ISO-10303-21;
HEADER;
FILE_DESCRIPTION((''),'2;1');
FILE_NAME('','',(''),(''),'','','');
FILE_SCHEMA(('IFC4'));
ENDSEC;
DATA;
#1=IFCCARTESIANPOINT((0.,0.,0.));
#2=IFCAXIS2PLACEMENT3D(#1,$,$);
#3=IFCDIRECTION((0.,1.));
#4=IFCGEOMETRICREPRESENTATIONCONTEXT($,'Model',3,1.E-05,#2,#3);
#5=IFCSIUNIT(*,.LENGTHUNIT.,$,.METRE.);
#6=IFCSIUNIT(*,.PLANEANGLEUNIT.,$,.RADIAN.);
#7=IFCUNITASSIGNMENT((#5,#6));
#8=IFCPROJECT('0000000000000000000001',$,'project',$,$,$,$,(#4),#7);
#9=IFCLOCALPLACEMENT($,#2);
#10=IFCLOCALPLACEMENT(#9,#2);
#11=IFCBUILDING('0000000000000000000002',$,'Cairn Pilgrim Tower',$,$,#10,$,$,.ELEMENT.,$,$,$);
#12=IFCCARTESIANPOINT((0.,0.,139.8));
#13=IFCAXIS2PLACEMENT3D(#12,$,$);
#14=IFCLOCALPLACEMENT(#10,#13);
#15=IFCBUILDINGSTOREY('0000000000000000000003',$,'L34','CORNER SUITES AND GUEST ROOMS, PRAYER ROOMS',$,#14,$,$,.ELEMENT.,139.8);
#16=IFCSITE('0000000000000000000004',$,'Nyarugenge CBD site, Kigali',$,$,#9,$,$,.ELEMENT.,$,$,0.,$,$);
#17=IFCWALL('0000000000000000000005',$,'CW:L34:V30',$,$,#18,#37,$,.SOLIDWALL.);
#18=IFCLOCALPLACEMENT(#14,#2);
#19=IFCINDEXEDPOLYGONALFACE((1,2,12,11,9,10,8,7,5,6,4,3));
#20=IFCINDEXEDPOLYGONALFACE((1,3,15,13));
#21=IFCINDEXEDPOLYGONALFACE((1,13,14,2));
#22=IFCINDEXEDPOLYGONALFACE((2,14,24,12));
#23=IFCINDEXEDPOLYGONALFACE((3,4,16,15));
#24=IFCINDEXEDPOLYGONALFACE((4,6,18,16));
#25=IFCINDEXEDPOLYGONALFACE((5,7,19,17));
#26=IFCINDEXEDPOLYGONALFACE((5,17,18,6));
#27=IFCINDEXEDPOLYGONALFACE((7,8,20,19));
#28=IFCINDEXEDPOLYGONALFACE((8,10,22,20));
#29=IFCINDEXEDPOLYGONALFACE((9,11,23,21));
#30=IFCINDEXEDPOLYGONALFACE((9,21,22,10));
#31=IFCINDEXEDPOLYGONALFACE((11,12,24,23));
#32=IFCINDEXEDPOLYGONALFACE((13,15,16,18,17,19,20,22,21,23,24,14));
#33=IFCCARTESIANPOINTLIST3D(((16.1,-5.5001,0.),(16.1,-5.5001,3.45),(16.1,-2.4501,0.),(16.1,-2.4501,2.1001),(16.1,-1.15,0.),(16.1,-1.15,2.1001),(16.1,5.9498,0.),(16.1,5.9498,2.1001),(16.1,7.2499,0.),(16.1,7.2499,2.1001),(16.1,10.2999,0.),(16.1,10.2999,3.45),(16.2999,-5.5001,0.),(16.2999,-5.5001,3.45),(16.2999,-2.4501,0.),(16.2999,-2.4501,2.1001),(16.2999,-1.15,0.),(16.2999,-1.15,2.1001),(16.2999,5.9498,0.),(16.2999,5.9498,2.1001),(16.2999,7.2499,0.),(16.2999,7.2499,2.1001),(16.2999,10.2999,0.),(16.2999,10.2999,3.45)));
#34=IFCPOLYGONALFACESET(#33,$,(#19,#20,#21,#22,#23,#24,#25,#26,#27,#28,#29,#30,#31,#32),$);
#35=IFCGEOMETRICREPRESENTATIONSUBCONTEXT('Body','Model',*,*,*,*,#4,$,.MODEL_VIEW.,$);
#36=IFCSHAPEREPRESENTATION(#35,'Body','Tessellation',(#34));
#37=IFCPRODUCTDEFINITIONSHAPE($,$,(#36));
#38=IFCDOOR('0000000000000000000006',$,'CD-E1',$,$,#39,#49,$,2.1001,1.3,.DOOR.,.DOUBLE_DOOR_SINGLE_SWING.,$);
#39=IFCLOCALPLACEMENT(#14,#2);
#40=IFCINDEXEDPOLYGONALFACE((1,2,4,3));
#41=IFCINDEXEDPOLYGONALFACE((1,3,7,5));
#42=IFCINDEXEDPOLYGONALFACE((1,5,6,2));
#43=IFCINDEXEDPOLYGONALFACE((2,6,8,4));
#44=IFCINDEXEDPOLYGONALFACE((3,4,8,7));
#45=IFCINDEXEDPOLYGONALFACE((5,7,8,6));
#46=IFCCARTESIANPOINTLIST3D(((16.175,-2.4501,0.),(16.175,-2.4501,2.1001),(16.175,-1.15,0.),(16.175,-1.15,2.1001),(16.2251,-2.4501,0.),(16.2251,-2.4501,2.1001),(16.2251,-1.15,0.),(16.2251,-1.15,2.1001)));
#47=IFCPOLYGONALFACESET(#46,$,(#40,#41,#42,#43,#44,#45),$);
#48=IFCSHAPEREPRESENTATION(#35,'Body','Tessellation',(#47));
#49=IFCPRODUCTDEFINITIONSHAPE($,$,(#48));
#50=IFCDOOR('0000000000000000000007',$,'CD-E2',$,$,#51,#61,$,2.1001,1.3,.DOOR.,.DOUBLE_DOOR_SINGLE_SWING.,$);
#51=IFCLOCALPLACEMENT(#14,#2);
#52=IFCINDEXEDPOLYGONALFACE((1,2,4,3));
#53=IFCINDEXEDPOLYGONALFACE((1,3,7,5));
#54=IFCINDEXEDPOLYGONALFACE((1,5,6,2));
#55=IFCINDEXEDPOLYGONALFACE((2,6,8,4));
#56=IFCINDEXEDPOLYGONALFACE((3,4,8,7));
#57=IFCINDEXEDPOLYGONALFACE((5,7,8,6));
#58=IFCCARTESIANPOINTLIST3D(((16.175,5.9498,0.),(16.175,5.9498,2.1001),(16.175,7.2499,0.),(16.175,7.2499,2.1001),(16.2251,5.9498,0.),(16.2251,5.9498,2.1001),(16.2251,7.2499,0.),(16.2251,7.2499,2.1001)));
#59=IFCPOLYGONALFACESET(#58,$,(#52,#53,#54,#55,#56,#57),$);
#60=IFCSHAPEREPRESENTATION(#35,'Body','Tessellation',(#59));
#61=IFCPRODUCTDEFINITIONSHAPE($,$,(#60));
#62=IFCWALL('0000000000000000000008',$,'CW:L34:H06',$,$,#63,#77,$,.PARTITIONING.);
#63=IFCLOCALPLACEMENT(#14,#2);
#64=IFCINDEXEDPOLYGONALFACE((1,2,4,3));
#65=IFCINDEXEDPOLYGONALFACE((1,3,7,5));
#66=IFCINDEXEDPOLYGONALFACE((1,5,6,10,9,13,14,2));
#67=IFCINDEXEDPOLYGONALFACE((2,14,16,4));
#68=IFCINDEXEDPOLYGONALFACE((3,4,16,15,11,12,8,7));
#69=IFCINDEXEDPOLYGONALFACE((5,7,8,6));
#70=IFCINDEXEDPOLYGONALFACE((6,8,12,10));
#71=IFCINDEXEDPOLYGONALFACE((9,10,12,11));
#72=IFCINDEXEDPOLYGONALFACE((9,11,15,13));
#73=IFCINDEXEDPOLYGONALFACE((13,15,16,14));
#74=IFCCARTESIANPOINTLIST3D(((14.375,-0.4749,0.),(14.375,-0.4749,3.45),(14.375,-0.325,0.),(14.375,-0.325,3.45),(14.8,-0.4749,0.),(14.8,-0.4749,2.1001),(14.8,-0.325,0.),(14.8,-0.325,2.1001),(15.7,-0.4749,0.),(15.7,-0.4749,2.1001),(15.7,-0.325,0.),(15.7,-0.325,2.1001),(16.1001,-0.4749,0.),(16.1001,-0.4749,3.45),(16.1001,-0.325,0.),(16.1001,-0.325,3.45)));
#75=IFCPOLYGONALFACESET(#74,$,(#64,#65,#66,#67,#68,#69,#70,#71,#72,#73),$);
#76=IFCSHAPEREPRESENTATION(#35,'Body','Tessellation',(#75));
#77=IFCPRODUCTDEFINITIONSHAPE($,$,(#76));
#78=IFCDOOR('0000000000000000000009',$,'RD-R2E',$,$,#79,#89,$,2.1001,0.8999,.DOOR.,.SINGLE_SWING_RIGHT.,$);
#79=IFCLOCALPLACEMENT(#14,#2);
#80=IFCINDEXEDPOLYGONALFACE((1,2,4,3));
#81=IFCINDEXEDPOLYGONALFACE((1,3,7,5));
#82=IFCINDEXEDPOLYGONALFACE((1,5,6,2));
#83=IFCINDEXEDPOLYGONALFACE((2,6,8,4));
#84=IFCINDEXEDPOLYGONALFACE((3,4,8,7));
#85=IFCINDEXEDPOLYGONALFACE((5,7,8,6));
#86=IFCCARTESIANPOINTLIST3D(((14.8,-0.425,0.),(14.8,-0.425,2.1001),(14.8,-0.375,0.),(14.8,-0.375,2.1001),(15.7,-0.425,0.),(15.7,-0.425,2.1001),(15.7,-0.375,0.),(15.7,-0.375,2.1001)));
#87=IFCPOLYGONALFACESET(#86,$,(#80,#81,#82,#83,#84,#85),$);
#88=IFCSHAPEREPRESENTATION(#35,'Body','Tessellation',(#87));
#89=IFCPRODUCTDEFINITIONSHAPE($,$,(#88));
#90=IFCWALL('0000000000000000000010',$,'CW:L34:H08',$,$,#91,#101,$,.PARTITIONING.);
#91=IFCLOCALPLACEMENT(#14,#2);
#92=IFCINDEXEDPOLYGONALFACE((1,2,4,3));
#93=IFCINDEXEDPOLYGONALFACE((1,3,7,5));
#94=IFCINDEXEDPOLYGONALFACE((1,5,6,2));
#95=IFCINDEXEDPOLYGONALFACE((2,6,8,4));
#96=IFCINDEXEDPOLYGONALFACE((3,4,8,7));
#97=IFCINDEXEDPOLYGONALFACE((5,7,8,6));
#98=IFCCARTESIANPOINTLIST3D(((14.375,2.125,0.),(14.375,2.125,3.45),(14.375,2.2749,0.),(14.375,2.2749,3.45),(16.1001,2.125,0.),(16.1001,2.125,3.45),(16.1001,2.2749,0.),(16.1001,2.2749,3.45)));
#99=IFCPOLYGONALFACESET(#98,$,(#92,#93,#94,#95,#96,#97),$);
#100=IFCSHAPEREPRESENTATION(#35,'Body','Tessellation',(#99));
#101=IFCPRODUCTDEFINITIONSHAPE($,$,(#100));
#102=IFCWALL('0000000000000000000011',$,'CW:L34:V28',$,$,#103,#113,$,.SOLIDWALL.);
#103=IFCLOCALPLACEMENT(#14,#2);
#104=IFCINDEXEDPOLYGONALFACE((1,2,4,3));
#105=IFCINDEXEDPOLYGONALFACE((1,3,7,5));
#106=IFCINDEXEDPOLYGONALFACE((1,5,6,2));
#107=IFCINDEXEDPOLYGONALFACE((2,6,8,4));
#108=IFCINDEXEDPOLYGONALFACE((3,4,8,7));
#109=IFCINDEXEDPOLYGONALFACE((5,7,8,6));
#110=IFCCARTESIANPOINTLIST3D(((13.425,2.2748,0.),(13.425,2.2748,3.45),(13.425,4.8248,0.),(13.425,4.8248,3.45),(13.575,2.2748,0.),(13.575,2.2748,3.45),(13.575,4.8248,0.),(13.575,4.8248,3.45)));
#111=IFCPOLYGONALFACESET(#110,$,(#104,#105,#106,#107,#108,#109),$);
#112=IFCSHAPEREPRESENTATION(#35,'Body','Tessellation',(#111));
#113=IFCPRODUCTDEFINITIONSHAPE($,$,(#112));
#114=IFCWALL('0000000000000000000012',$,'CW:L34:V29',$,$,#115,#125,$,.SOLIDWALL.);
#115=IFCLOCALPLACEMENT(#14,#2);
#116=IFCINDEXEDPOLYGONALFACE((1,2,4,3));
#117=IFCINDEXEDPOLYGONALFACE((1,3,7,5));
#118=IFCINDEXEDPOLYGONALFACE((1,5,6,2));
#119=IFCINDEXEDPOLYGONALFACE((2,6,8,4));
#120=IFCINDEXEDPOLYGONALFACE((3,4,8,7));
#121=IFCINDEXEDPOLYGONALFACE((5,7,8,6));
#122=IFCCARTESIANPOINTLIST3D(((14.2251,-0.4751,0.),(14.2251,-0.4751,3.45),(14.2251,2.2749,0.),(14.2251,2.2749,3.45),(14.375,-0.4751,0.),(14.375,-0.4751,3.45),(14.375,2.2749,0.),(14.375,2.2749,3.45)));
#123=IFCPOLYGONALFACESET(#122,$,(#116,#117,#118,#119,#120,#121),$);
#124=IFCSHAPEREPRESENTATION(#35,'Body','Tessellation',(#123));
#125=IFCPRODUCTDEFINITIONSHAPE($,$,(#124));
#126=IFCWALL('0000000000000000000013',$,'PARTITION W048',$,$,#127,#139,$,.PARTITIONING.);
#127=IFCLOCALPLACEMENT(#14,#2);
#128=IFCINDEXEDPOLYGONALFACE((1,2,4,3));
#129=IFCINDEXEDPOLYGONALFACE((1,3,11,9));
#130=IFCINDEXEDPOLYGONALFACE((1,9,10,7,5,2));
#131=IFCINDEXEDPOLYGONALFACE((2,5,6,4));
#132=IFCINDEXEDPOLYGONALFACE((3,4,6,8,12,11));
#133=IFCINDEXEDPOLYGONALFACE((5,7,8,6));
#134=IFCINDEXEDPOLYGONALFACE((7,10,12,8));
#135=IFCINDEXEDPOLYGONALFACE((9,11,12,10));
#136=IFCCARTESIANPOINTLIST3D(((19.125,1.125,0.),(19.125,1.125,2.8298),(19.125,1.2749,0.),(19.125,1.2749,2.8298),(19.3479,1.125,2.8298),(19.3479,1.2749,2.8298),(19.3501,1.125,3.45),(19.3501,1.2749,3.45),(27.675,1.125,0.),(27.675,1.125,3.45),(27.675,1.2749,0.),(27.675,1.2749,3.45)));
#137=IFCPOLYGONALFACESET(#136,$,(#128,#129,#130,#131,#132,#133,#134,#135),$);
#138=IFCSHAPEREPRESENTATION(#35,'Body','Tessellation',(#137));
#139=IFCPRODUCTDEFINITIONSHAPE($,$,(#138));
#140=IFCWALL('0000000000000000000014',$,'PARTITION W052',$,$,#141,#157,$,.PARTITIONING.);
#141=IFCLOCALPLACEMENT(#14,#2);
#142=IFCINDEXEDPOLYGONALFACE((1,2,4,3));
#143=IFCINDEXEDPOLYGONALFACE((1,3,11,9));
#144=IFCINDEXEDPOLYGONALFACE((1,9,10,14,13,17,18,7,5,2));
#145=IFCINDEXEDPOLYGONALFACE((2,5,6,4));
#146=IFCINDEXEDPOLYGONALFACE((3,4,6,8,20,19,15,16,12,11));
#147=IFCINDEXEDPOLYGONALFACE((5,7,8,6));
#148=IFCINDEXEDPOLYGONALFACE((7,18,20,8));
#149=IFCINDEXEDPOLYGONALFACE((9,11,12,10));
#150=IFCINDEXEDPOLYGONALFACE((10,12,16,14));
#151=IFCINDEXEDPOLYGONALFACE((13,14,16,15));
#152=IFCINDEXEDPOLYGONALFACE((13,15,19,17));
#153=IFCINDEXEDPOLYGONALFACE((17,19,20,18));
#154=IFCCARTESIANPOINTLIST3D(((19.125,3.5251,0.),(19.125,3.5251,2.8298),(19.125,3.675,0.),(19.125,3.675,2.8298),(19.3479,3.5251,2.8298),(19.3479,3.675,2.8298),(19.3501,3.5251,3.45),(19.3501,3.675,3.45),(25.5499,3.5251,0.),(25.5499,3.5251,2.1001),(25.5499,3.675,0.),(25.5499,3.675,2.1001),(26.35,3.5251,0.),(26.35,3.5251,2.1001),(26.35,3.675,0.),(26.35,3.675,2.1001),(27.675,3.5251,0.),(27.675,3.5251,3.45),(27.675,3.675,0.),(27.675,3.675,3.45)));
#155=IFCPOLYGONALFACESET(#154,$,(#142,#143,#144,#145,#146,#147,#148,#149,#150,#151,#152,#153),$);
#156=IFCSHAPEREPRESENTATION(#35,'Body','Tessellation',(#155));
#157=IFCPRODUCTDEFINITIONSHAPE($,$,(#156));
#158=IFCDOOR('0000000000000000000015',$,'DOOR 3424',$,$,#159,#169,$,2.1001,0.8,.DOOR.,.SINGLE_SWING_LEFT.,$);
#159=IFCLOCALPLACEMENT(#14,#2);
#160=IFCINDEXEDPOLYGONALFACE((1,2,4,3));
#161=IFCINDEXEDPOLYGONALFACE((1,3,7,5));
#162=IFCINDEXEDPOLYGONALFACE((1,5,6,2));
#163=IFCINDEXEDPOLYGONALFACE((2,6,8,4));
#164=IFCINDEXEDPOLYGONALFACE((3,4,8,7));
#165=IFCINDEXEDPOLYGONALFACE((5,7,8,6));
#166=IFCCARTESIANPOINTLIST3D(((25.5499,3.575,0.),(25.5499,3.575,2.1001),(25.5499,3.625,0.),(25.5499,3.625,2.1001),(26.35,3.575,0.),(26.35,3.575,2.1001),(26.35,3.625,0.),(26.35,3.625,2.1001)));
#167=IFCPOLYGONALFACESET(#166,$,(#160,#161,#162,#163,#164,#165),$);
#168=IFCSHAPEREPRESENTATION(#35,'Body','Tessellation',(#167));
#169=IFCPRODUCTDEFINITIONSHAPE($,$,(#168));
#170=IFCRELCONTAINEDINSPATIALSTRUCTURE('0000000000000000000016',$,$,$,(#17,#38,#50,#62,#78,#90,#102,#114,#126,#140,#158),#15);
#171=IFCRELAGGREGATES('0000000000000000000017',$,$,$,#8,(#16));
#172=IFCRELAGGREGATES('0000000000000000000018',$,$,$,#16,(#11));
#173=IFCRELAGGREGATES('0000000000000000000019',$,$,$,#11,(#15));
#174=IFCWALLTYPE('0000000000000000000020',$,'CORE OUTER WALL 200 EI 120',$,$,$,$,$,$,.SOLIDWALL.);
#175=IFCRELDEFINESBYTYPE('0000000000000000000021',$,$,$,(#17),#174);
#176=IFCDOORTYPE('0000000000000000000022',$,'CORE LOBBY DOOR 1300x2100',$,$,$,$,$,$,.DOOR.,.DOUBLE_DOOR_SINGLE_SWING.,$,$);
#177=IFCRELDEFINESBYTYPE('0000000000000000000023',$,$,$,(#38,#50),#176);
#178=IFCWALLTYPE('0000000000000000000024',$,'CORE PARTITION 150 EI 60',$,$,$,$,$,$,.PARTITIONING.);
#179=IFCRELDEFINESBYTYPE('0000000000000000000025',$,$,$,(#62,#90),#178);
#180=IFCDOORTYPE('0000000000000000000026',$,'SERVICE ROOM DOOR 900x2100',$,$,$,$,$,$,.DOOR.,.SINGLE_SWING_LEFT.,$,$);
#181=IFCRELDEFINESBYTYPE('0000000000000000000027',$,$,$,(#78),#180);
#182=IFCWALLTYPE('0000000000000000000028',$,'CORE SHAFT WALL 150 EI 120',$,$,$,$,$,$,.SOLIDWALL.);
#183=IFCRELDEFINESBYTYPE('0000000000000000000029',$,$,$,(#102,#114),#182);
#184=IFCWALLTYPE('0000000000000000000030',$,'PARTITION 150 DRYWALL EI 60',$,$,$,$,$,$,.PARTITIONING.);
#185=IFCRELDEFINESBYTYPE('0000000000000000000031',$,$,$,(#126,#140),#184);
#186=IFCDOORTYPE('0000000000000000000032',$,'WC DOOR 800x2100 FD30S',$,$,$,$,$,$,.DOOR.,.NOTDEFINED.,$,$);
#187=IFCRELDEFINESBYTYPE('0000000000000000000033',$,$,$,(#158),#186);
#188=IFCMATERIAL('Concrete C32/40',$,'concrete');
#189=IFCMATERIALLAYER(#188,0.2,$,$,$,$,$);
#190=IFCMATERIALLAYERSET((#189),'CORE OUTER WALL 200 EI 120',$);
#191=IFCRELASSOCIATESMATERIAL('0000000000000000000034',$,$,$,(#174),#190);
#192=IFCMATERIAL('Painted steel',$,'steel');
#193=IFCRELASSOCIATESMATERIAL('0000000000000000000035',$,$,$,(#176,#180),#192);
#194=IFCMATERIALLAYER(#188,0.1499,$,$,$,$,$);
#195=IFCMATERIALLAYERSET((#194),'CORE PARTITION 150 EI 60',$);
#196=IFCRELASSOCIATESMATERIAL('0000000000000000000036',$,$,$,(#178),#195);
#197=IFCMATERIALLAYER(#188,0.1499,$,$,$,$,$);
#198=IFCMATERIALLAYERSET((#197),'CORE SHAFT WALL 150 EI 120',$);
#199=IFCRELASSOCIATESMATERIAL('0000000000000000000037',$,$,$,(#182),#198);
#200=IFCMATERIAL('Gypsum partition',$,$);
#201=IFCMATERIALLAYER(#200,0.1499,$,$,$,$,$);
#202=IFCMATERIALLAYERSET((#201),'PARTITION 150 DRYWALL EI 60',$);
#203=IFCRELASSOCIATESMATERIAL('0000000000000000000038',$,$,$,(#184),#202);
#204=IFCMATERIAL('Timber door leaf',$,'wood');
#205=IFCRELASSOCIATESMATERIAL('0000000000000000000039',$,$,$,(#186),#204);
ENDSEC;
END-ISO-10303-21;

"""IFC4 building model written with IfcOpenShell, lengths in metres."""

from ifc_helpers import new_model, si_unit, direction, frame, frame_2d, origin, place, context, subcontext, project, spatial, polyline, rectangle, outline, extrude, material, layer, layer_set, type_object, element, fill, save


model = new_model("IFC4")

# Units and contexts
model_context = context("Model", 3, precision=1e-05, world=origin(), true_north=direction((0.0, 1.0)))
body_context = subcontext(model_context, "Body", "Model", "MODEL_VIEW")
ifc_project = project(units=[si_unit("LENGTHUNIT", "METRE"), si_unit("PLANEANGLEUNIT", "RADIAN")], contexts=[model_context])

# Site, building, storey
site_placement = place(None, origin())
site = spatial("IfcSite", under=ifc_project, at=site_placement, Name="Nyarugenge CBD site, Kigali", CompositionType="ELEMENT", RefElevation=0.0)
building_placement = place(site_placement, origin())
building = spatial("IfcBuilding", under=site, at=building_placement, Name="Cairn Pilgrim Tower", CompositionType="ELEMENT")
storey_placement = place(building_placement, frame((0.0, 0.0, 139.8)))
storey = spatial("IfcBuildingStorey", under=building, at=storey_placement, Name="L34", Description="CORNER SUITES AND GUEST ROOMS, PRAYER ROOMS", CompositionType="ELEMENT", Elevation=139.8)

# Wall, openings, doors
ifc_material_1 = material(Name="Concrete C32/40", Category="concrete")
ifc_layer_1 = layer(ifc_material_1, 0.2)
ifc_layer_set_1 = layer_set([ifc_layer_1], Name="CORE OUTER WALL 200 EI 120")
wall_type_1 = type_object("IfcWallType", Name="CORE OUTER WALL 200 EI 120", PredefinedType="SOLIDWALL", material=ifc_layer_set_1)
wall_1_placement = place(storey_placement, frame((16.2, -5.5, 0.0), z_axis=(0.0, 0.0, 1.0), x_axis=(0.0, 1.0, 0.0)))
wall_1 = element("IfcWall", 1, at=wall_1_placement, inside=storey, type_object=wall_type_1, Name="CW:L34:V30", PredefinedType="SOLIDWALL", context=body_context, shape_type="SweptSolid", body=[
    extrude(rectangle(XDim=15.8, YDim=0.2, at=frame_2d((7.8999, 0.0))), origin(), (0.0, 0.0, 1.0), 3.45),
])
opening_1_placement = place(wall_1_placement, frame((3.05, 0.0, 0.0)))
opening_1 = element("IfcOpeningElement", 2, at=opening_1_placement, cuts=wall_1, PredefinedType="OPENING", context=body_context, shape_type="SweptSolid", body=[
    extrude(rectangle(XDim=1.3, YDim=2.1001, at=frame_2d((0.6499, 1.05))), frame((0.0, 0.1099, 0.0), z_axis=(0.0, -1.0, 0.0), x_axis=(1.0, 0.0, 0.0)), (0.0, 0.0, 1.0), 0.22),
])
opening_2_placement = place(wall_1_placement, frame((11.45, 0.0, 0.0)))
opening_2 = element("IfcOpeningElement", 3, at=opening_2_placement, cuts=wall_1, PredefinedType="OPENING", context=body_context, shape_type="SweptSolid", body=[
    extrude(rectangle(XDim=1.3, YDim=2.1001, at=frame_2d((0.6499, 1.05))), frame((0.0, 0.1099, 0.0), z_axis=(0.0, -1.0, 0.0), x_axis=(1.0, 0.0, 0.0)), (0.0, 0.0, 1.0), 0.22),
])
ifc_material_2 = material(Name="Painted steel", Category="steel")
door_type_1 = type_object("IfcDoorType", Name="CORE LOBBY DOOR 1300x2100", OperationType="DOUBLE_DOOR_SINGLE_SWING", PredefinedType="DOOR", material=ifc_material_2)
door_1_placement = place(opening_1_placement, origin())
door_1 = element("IfcDoor", 4, at=door_1_placement, inside=storey, type_object=door_type_1, Name="CD-E1", OperationType="DOUBLE_DOOR_SINGLE_SWING", OverallHeight=2.1001, OverallWidth=1.3, PredefinedType="DOOR", context=body_context, shape_type="SweptSolid", body=[
    extrude(rectangle(XDim=1.3, YDim=2.1001, at=frame_2d((0.6499, 1.05))), frame((0.0, 0.0249, 0.0), z_axis=(0.0, -1.0, 0.0), x_axis=(1.0, 0.0, 0.0)), (0.0, 0.0, 1.0), 0.05),
])
fill(opening_1, door_1)
door_2_placement = place(opening_2_placement, origin())
door_2 = element("IfcDoor", 5, at=door_2_placement, inside=storey, type_object=door_type_1, Name="CD-E2", OperationType="DOUBLE_DOOR_SINGLE_SWING", OverallHeight=2.1001, OverallWidth=1.3, PredefinedType="DOOR", context=body_context, shape_type="SweptSolid", body=[
    extrude(rectangle(XDim=1.3, YDim=2.1001, at=frame_2d((0.6499, 1.05))), frame((0.0, 0.0249, 0.0), z_axis=(0.0, -1.0, 0.0), x_axis=(1.0, 0.0, 0.0)), (0.0, 0.0, 1.0), 0.05),
])
fill(opening_2, door_2)

# Wall, opening, door
ifc_layer_2 = layer(ifc_material_1, 0.1499)
ifc_layer_set_2 = layer_set([ifc_layer_2], Name="CORE PARTITION 150 EI 60")
wall_type_2 = type_object("IfcWallType", Name="CORE PARTITION 150 EI 60", PredefinedType="PARTITIONING", material=ifc_layer_set_2)
wall_2_placement = place(storey_placement, frame((14.375, -0.3999, 0.0), z_axis=(0.0, 0.0, 1.0), x_axis=(1.0, 0.0, 0.0)))
wall_2 = element("IfcWall", 6, at=wall_2_placement, inside=storey, type_object=wall_type_2, Name="CW:L34:H06", PredefinedType="PARTITIONING", context=body_context, shape_type="SweptSolid", body=[
    extrude(rectangle(XDim=1.7251, YDim=0.1499, at=frame_2d((0.8625, 0.0))), origin(), (0.0, 0.0, 1.0), 3.45),
])
opening_3_placement = place(wall_2_placement, frame((0.425, 0.0, 0.0)))
opening_3 = element("IfcOpeningElement", 7, at=opening_3_placement, cuts=wall_2, PredefinedType="OPENING", context=body_context, shape_type="SweptSolid", body=[
    extrude(rectangle(XDim=0.8999, YDim=2.1001, at=frame_2d((0.45, 1.05))), frame((0.0, 0.085, 0.0), z_axis=(0.0, -1.0, 0.0), x_axis=(1.0, 0.0, 0.0)), (0.0, 0.0, 1.0), 0.1699),
])
door_type_2 = type_object("IfcDoorType", Name="SERVICE ROOM DOOR 900x2100", OperationType="SINGLE_SWING_LEFT", PredefinedType="DOOR", material=ifc_material_2)
door_3_placement = place(opening_3_placement, origin())
door_3 = element("IfcDoor", 8, at=door_3_placement, inside=storey, type_object=door_type_2, Name="RD-R2E", OperationType="SINGLE_SWING_RIGHT", OverallHeight=2.1001, OverallWidth=0.8999, PredefinedType="DOOR", context=body_context, shape_type="SweptSolid", body=[
    extrude(rectangle(XDim=0.8999, YDim=2.1001, at=frame_2d((0.45, 1.05))), frame((0.0, 0.0249, 0.0), z_axis=(0.0, -1.0, 0.0), x_axis=(1.0, 0.0, 0.0)), (0.0, 0.0, 1.0), 0.05),
])
fill(opening_3, door_3)

# Walls
wall_3_placement = place(storey_placement, frame((14.375, 2.2, 0.0), z_axis=(0.0, 0.0, 1.0), x_axis=(1.0, 0.0, 0.0)))
element("IfcWall", 9, at=wall_3_placement, inside=storey, type_object=wall_type_2, Name="CW:L34:H08", PredefinedType="PARTITIONING", context=body_context, shape_type="SweptSolid", body=[
    extrude(rectangle(XDim=1.7251, YDim=0.1499, at=frame_2d((0.8625, 0.0))), origin(), (0.0, 0.0, 1.0), 3.45),
])
ifc_layer_3 = layer(ifc_material_1, 0.1499)
ifc_layer_set_3 = layer_set([ifc_layer_3], Name="CORE SHAFT WALL 150 EI 120")
wall_type_3 = type_object("IfcWallType", Name="CORE SHAFT WALL 150 EI 120", PredefinedType="SOLIDWALL", material=ifc_layer_set_3)
wall_4_placement = place(storey_placement, frame((13.5, 2.2749, 0.0), z_axis=(0.0, 0.0, 1.0), x_axis=(0.0, 1.0, 0.0)))
element("IfcWall", 10, at=wall_4_placement, inside=storey, type_object=wall_type_3, Name="CW:L34:V28", PredefinedType="SOLIDWALL", context=body_context, shape_type="SweptSolid", body=[
    extrude(rectangle(XDim=2.55, YDim=0.1499, at=frame_2d((1.2749, 0.0))), origin(), (0.0, 0.0, 1.0), 3.45),
])
wall_5_placement = place(storey_placement, frame((14.3, -0.4751, 0.0), z_axis=(0.0, 0.0, 1.0), x_axis=(0.0, 1.0, 0.0)))
element("IfcWall", 11, at=wall_5_placement, inside=storey, type_object=wall_type_3, Name="CW:L34:V29", PredefinedType="SOLIDWALL", context=body_context, shape_type="SweptSolid", body=[
    extrude(rectangle(XDim=2.75, YDim=0.1499, at=frame_2d((1.375, 0.0))), origin(), (0.0, 0.0, 1.0), 3.45),
])
ifc_material_3 = material(Name="Gypsum partition")
ifc_layer_4 = layer(ifc_material_3, 0.1499)
ifc_layer_set_4 = layer_set([ifc_layer_4], Name="PARTITION 150 DRYWALL EI 60")
wall_type_4 = type_object("IfcWallType", Name="PARTITION 150 DRYWALL EI 60", PredefinedType="PARTITIONING", material=ifc_layer_set_4)
wall_6_placement = place(storey_placement, frame((19.125, 1.2, 0.0), z_axis=(0.0, 0.0, 1.0), x_axis=(1.0, 0.0, 0.0)))
element("IfcWall", 12, at=wall_6_placement, inside=storey, type_object=wall_type_4, Name="PARTITION W048", PredefinedType="PARTITIONING", context=body_context, shape_type="SweptSolid", body=[
    extrude(outline(polyline([(0.0, 0.0), (8.55, 0.0), (8.55, 3.45), (0.2251, 3.45), (0.2229, 2.8298), (0.0, 2.8298), (0.0, 0.0)])), frame((0.0, 0.075, 0.0), z_axis=(0.0, -1.0, 0.0), x_axis=(1.0, 0.0, 0.0)), (0.0, 0.0, 1.0), 0.1499),
])

# Wall, opening, door
wall_7_placement = place(storey_placement, frame((19.125, 3.6001, 0.0), z_axis=(0.0, 0.0, 1.0), x_axis=(1.0, 0.0, 0.0)))
wall_7 = element("IfcWall", 13, at=wall_7_placement, inside=storey, type_object=wall_type_4, Name="PARTITION W052", PredefinedType="PARTITIONING", context=body_context, shape_type="SweptSolid", body=[
    extrude(outline(polyline([(0.0, 0.0), (8.55, 0.0), (8.55, 3.45), (0.2251, 3.45), (0.2229, 2.8298), (0.0, 2.8298), (0.0, 0.0)])), frame((0.0, 0.075, 0.0), z_axis=(0.0, -1.0, 0.0), x_axis=(1.0, 0.0, 0.0)), (0.0, 0.0, 1.0), 0.1499),
])
opening_4_placement = place(wall_7_placement, frame((6.425, 0.0, 0.0)))
opening_4 = element("IfcOpeningElement", 14, at=opening_4_placement, cuts=wall_7, PredefinedType="OPENING", context=body_context, shape_type="SweptSolid", body=[
    extrude(rectangle(XDim=0.8, YDim=2.1001, at=frame_2d((0.3999, 1.05))), frame((0.0, 0.085, 0.0), z_axis=(0.0, -1.0, 0.0), x_axis=(1.0, 0.0, 0.0)), (0.0, 0.0, 1.0), 0.1699),
])
ifc_material_4 = material(Name="Timber door leaf", Category="wood")
door_type_3 = type_object("IfcDoorType", Name="WC DOOR 800x2100 FD30S", OperationType="NOTDEFINED", PredefinedType="DOOR", material=ifc_material_4)
door_4_placement = place(opening_4_placement, origin())
door_4 = element("IfcDoor", 15, at=door_4_placement, inside=storey, type_object=door_type_3, Name="DOOR 3424", OperationType="SINGLE_SWING_LEFT", OverallHeight=2.1001, OverallWidth=0.8, PredefinedType="DOOR", context=body_context, shape_type="SweptSolid", body=[
    extrude(rectangle(XDim=0.8, YDim=2.1001, at=frame_2d((0.3999, 1.05))), frame((0.0, 0.0249, 0.0), z_axis=(0.0, -1.0, 0.0), x_axis=(1.0, 0.0, 0.0)), (0.0, 0.0, 1.0), 0.05),
])
fill(opening_4, door_4)

save(model, "model.ifc")
